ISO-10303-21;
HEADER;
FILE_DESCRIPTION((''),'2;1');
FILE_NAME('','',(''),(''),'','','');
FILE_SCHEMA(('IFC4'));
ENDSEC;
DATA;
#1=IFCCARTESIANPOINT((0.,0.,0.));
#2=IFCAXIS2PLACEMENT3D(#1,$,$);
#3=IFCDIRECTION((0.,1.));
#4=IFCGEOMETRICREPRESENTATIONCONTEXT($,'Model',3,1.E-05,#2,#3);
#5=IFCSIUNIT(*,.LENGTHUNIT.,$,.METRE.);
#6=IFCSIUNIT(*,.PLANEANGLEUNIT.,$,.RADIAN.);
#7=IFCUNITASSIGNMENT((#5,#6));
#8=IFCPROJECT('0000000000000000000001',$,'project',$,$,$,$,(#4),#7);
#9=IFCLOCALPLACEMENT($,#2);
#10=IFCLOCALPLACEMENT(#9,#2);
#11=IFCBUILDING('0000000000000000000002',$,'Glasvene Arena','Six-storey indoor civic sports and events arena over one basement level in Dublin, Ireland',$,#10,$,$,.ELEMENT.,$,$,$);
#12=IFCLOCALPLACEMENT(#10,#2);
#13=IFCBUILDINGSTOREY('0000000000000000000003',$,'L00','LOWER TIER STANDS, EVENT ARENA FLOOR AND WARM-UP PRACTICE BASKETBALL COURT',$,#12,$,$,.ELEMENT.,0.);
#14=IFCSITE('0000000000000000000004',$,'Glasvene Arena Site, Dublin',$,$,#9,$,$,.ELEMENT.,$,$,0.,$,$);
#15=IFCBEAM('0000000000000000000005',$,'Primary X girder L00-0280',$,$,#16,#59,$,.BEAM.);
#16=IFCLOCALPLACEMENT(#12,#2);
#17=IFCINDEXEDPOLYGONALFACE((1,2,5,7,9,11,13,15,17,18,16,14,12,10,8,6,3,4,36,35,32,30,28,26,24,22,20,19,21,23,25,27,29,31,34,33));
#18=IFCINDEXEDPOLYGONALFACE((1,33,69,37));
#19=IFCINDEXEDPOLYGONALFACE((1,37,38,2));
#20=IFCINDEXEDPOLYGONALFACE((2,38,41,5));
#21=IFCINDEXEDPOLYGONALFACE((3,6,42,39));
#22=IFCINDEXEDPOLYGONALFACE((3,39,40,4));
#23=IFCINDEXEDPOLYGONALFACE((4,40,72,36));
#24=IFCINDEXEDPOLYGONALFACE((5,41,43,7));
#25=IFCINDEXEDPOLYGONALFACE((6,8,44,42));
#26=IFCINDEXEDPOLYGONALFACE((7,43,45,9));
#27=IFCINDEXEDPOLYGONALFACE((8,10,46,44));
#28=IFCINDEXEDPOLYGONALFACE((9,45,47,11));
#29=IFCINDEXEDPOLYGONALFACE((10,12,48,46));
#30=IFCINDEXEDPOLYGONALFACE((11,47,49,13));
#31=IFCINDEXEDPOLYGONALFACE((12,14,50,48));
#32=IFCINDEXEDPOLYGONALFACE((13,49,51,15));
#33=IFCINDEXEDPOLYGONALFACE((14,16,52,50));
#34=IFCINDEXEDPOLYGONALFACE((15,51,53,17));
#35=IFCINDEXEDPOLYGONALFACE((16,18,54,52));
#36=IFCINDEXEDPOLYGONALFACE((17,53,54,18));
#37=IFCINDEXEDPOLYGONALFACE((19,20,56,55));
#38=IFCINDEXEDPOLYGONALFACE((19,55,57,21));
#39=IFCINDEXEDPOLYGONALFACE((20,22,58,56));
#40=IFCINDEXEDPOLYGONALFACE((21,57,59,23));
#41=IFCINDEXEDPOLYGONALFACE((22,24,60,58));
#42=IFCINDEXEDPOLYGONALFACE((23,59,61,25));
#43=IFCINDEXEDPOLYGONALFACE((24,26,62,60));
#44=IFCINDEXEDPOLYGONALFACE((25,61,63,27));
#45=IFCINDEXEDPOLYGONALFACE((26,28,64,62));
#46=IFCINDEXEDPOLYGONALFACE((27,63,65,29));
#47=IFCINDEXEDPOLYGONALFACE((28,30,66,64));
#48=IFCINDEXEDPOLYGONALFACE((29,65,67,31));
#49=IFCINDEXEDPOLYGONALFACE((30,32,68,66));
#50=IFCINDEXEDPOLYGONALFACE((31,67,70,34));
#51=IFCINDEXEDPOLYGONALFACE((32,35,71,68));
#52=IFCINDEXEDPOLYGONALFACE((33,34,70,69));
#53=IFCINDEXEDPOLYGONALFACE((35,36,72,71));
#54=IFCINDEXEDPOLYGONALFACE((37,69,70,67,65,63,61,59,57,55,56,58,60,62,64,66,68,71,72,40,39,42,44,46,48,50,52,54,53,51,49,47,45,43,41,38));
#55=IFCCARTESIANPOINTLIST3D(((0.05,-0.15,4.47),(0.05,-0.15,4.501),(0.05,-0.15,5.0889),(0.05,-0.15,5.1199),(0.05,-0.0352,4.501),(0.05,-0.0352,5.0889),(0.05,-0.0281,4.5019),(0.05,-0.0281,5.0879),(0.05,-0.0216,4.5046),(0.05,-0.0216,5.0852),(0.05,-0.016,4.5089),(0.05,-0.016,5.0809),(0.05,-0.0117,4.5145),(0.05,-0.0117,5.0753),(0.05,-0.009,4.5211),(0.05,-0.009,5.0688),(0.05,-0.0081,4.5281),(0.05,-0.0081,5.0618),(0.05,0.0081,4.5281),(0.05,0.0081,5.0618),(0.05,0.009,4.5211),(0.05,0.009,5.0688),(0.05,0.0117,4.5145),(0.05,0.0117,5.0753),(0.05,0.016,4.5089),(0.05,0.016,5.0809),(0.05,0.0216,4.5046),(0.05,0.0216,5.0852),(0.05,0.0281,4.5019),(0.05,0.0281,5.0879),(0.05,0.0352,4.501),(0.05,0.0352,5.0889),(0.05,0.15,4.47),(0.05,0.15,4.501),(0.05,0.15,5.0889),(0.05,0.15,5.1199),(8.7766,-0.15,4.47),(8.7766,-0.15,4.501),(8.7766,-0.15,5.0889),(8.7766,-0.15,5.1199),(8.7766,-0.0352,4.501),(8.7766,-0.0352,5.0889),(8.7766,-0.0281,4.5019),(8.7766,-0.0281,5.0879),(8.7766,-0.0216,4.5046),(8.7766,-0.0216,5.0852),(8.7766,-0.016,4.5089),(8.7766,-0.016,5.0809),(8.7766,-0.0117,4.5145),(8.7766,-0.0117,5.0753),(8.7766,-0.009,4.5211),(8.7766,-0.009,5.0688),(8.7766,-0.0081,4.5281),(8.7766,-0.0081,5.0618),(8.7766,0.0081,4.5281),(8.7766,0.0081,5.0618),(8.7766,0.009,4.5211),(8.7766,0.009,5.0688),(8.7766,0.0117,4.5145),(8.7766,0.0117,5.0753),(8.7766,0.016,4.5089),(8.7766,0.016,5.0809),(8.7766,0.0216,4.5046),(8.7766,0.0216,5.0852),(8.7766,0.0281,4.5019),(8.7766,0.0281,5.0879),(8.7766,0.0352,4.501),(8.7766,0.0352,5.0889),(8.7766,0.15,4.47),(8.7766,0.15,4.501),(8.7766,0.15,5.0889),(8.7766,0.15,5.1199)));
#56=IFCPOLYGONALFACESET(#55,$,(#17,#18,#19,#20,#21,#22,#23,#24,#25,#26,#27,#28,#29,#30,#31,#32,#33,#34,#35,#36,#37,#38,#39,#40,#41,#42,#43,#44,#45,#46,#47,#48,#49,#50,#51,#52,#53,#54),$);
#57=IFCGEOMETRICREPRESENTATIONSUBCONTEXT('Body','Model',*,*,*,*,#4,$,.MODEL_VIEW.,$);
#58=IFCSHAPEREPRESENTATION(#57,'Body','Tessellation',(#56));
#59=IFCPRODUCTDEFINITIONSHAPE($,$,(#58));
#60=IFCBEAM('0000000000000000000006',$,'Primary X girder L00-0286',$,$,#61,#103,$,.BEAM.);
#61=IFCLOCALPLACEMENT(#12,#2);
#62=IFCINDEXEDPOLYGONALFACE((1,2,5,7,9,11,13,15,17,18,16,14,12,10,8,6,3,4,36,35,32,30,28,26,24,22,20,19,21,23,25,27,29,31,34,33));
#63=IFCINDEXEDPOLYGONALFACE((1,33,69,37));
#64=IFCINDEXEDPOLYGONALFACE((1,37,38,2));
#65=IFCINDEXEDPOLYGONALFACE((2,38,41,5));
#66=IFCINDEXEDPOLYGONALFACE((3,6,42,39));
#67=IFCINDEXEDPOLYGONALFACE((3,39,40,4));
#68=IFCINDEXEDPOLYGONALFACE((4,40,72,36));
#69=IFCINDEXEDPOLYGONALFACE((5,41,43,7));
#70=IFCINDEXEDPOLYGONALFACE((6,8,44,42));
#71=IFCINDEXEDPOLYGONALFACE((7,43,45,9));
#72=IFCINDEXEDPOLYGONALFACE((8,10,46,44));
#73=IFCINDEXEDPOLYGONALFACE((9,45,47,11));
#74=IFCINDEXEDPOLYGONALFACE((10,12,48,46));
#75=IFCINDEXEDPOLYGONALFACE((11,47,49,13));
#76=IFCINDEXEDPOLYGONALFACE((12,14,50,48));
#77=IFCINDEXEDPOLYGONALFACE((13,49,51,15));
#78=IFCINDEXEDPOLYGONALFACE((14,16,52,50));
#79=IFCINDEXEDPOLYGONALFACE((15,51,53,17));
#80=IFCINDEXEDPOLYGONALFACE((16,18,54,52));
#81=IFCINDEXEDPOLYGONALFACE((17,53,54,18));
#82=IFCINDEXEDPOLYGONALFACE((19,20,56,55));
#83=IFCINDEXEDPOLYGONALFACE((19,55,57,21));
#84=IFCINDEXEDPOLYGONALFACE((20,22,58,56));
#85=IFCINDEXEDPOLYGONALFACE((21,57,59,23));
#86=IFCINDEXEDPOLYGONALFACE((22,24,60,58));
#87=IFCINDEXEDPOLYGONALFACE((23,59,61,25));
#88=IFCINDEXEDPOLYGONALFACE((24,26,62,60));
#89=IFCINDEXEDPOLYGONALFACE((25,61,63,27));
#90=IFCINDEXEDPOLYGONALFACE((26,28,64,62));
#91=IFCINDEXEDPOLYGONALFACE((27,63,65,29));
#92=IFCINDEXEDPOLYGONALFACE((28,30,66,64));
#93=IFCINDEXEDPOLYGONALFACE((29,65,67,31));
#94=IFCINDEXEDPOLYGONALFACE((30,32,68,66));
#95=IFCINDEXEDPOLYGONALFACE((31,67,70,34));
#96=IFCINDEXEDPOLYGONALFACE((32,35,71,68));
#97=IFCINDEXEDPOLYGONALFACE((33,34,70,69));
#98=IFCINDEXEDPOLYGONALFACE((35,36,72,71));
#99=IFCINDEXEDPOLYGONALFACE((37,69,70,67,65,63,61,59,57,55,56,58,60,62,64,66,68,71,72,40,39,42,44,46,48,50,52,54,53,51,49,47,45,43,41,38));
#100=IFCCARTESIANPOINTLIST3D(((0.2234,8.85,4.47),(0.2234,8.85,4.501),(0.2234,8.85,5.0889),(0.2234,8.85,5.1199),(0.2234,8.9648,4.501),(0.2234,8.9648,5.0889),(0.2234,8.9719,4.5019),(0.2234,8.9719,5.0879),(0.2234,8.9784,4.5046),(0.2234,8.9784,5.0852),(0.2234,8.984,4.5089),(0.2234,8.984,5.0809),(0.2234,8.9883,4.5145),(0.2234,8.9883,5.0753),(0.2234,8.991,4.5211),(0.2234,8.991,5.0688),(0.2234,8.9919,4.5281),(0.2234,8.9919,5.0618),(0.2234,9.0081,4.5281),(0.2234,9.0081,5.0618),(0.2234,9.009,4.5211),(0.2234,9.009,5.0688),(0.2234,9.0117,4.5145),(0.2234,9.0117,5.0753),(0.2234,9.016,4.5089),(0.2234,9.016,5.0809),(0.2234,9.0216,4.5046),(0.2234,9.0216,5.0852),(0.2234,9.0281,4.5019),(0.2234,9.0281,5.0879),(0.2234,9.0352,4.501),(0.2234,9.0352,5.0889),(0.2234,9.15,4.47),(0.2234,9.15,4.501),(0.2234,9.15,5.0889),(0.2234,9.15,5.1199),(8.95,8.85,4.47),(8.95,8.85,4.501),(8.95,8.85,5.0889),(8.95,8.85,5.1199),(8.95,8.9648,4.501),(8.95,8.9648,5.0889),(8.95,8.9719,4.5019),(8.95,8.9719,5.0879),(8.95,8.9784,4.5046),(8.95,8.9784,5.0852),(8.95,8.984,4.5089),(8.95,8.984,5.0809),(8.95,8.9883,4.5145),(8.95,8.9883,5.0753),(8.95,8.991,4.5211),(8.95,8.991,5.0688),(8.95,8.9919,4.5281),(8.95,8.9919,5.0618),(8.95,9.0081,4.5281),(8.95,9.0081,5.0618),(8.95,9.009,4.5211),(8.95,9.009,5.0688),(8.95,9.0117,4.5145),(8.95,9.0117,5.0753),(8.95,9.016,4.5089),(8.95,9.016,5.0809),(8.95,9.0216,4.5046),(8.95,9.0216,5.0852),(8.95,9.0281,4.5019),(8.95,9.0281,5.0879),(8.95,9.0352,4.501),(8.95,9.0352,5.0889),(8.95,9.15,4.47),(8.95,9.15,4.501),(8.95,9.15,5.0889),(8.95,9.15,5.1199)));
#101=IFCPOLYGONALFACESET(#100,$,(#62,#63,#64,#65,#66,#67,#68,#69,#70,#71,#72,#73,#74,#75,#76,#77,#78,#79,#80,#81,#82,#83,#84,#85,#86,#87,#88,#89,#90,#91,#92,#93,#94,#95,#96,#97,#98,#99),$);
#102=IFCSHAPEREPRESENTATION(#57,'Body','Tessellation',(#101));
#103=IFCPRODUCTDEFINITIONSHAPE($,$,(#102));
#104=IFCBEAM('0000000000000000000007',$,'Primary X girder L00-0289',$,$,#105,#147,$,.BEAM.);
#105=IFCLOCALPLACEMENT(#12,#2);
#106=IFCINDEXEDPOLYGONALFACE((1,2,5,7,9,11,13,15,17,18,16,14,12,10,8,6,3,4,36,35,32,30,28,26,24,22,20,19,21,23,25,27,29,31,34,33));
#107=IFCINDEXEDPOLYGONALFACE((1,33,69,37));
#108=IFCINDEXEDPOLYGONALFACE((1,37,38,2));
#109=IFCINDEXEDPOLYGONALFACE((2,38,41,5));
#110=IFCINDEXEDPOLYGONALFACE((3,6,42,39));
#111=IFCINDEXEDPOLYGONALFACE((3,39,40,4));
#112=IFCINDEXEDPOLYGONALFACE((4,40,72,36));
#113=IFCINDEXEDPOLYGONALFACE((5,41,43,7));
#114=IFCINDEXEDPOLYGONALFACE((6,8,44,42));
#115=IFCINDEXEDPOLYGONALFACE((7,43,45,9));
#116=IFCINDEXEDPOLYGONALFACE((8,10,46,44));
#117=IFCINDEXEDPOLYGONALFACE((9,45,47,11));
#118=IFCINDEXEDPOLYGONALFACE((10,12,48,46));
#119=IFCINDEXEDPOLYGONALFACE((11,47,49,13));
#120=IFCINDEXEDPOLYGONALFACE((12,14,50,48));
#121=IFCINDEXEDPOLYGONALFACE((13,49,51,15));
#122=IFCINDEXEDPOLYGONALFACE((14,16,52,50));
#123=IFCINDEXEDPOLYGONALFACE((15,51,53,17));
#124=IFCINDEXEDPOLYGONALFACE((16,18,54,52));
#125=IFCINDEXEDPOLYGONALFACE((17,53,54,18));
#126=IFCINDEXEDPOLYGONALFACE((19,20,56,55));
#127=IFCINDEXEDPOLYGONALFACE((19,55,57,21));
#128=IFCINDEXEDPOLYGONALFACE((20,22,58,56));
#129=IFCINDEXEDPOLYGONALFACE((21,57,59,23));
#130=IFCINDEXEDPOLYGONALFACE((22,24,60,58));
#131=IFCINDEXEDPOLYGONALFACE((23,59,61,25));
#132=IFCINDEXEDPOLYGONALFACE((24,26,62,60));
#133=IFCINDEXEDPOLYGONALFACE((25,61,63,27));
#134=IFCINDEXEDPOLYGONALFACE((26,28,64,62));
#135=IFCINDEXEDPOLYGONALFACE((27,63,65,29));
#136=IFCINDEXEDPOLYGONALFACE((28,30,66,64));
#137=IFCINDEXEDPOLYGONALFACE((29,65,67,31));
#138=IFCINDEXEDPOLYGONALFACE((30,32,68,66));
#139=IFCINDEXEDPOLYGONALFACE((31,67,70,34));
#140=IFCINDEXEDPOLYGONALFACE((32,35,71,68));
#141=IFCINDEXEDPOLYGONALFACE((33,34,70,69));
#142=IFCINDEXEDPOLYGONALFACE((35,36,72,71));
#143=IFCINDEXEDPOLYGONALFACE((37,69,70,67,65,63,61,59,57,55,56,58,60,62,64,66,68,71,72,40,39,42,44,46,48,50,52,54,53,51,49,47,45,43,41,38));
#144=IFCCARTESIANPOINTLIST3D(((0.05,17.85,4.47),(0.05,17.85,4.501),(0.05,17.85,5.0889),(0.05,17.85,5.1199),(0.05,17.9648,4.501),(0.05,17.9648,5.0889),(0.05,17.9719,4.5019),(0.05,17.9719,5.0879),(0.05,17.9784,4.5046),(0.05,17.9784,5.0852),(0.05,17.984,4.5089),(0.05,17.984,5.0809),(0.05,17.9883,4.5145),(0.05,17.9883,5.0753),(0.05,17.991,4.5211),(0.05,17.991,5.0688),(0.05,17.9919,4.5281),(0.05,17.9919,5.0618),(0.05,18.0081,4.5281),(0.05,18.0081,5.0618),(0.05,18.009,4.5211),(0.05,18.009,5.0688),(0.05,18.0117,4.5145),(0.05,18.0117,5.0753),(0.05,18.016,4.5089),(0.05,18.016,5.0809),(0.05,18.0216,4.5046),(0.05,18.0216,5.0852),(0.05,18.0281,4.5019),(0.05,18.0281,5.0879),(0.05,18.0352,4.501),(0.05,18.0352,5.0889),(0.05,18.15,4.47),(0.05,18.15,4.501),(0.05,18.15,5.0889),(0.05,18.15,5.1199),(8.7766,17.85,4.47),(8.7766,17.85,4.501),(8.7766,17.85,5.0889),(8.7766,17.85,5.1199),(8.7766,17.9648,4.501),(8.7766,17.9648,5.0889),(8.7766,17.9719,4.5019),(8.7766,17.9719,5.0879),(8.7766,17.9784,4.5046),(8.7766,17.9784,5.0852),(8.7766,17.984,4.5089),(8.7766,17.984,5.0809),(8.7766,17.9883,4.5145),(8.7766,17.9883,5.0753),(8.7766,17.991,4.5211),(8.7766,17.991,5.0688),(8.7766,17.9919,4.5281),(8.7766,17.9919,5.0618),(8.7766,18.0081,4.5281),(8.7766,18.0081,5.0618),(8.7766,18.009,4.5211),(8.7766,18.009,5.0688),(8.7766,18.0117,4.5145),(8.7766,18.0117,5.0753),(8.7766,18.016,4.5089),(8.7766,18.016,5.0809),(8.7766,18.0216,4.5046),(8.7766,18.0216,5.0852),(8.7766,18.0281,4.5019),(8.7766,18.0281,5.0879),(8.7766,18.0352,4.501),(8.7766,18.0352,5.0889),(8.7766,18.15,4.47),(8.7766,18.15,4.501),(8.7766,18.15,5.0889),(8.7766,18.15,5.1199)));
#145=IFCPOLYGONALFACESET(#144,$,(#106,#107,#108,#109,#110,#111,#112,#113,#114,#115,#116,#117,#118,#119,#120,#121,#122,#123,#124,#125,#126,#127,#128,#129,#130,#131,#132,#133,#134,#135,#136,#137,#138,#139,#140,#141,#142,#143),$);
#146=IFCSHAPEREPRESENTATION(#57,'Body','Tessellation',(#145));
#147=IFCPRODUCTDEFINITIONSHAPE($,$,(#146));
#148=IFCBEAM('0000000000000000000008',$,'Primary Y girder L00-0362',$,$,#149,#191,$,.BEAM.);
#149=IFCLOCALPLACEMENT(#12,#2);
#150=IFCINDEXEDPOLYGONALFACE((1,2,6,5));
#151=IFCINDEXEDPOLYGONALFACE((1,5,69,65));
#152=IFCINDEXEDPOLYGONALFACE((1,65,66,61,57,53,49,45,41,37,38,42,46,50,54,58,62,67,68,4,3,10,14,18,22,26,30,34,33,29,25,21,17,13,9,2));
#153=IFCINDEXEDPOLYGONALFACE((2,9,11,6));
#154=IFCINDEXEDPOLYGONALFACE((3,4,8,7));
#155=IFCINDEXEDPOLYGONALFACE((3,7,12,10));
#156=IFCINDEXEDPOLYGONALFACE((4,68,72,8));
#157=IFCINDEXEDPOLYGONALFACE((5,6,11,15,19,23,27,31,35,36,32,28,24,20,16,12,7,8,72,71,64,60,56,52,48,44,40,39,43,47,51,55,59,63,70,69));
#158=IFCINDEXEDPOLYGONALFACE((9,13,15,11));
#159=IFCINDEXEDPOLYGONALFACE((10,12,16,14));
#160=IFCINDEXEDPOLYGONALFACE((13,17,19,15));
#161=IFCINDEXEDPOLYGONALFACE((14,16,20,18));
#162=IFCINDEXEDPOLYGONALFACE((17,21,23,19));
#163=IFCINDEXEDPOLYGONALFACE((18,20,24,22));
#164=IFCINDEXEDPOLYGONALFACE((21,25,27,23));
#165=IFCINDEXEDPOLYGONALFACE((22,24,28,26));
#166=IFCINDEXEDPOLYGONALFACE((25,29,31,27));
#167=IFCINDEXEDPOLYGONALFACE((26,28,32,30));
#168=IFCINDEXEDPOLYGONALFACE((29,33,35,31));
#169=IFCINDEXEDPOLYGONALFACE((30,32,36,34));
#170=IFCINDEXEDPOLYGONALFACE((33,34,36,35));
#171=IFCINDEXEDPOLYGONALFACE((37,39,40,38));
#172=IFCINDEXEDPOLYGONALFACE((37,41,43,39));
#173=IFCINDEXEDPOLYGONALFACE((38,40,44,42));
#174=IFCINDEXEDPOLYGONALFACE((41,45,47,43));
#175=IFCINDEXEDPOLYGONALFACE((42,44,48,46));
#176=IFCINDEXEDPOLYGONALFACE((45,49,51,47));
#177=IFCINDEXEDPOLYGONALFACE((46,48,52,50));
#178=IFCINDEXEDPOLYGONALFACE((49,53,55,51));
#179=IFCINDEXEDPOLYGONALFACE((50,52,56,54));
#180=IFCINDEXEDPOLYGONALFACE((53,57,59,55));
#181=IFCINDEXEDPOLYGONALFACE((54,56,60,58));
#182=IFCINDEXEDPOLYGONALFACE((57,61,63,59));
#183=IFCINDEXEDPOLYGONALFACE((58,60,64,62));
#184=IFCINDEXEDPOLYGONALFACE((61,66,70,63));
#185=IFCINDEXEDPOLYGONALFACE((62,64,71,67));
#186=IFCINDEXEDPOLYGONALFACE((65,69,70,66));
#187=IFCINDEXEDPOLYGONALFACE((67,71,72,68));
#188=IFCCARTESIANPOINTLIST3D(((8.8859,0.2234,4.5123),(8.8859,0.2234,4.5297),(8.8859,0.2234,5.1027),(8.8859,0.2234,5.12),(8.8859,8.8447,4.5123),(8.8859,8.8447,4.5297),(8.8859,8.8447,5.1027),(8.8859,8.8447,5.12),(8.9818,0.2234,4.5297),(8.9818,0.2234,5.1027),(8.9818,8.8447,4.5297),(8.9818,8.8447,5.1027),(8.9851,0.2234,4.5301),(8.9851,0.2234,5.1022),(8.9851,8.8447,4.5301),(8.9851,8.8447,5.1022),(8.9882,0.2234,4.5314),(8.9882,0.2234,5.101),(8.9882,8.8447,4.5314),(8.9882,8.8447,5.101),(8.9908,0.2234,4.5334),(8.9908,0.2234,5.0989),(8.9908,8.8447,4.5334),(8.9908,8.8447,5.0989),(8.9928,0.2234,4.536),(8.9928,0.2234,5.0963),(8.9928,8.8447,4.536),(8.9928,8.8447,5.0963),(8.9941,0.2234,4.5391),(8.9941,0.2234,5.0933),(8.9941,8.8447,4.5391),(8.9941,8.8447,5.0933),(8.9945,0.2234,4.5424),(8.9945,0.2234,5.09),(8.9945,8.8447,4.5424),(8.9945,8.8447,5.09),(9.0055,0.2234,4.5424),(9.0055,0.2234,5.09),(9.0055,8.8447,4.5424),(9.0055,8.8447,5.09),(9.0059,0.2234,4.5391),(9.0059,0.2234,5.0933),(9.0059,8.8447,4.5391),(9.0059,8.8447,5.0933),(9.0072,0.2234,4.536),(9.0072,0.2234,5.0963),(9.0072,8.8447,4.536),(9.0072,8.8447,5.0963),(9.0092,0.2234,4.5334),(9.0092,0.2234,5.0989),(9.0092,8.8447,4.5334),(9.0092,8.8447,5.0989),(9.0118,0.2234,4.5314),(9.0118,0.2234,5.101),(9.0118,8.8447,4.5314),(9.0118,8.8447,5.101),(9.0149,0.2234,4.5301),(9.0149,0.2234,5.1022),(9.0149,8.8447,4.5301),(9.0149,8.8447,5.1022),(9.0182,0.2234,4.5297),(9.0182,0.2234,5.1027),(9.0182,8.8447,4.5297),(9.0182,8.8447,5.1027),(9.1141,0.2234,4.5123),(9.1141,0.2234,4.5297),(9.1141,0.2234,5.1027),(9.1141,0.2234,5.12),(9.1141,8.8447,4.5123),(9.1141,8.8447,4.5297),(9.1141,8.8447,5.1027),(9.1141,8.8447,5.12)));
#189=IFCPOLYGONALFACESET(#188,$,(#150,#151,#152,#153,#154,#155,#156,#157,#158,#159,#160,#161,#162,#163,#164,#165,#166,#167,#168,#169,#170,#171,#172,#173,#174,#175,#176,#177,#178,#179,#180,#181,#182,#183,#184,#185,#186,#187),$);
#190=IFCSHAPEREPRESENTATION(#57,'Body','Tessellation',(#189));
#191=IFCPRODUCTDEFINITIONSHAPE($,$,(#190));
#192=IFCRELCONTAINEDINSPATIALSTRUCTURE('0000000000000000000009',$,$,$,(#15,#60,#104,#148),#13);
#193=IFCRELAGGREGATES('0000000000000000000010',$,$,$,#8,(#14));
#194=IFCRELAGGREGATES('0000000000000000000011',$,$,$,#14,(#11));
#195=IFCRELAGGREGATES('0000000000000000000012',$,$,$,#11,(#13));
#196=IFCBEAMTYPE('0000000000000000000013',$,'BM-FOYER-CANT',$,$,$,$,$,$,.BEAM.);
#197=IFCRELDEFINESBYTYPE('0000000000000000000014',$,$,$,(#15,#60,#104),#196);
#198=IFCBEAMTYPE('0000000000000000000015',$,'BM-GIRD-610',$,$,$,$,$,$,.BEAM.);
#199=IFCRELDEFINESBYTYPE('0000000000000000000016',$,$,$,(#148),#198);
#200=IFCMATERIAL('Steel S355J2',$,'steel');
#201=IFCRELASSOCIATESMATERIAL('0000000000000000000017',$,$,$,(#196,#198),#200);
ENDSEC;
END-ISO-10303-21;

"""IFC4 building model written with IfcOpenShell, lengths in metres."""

from ifc_helpers import new_model, si_unit, direction, frame, origin, origin_2d, place, context, subcontext, project, spatial, i_section, extrude, material, material_profile, profile_set, type_object, element, save


model = new_model("IFC4")

# Units and contexts
model_context = context("Model", 3, precision=1e-05, world=origin(), true_north=direction((0.0, 1.0)))
body_context = subcontext(model_context, "Body", "Model", "MODEL_VIEW")
ifc_project = project(units=[si_unit("LENGTHUNIT", "METRE"), si_unit("PLANEANGLEUNIT", "RADIAN")], contexts=[model_context])

# Site, building, storey
site_placement = place(None, origin())
site = spatial("IfcSite", under=ifc_project, at=site_placement, Name="Glasvene Arena Site, Dublin", CompositionType="ELEMENT", RefElevation=0.0)
building_placement = place(site_placement, origin())
building = spatial("IfcBuilding", under=site, at=building_placement, Name="Glasvene Arena", Description="Six-storey indoor civic sports and events arena over one basement level in Dublin, Ireland", CompositionType="ELEMENT")
storey_placement = place(building_placement, origin())
storey = spatial("IfcBuildingStorey", under=building, at=storey_placement, Name="L00", Description="LOWER TIER STANDS, EVENT ARENA FLOOR AND WARM-UP PRACTICE BASKETBALL COURT", CompositionType="ELEMENT", Elevation=0.0)

# Shared definitions
ifc_material_1 = material(Name="Steel S355J2", Category="steel")

# Beams
ifc_material_profile_1 = material_profile(ifc_material_1, i_section(OverallWidth=0.3, OverallDepth=0.6499, WebThickness=0.0161, FlangeThickness=0.031, FilletRadius=0.0271, at=origin_2d()), Name="HEB 650")
ifc_profile_set_1 = profile_set([ifc_material_profile_1], Name="Steel S355J2")
beam_type_1 = type_object("IfcBeamType", Name="BM-FOYER-CANT", PredefinedType="BEAM", material=ifc_profile_set_1)
for number, where, z_axis, x_axis, name in (
    (1, (0.05, 0.0, 4.7949), (1.0, 0.0, 0.0), (0.0, 1.0, 0.0), "Primary X girder L00-0280"),
    (2, (0.2234, 9.0, 4.7949), (1.0, 0.0, 0.0), (0.0, 1.0, 0.0), "Primary X girder L00-0286"),
    (3, (0.05, 18.0, 4.7949), (1.0, 0.0, 0.0), (0.0, 1.0, 0.0), "Primary X girder L00-0289"),
):
    element("IfcBeam", number, at=place(storey_placement, frame(where, z_axis=z_axis, x_axis=x_axis)), inside=storey, type_object=beam_type_1, Name=name, PredefinedType="BEAM", context=body_context, shape_type="SweptSolid", body=[
        extrude(i_section(OverallWidth=0.3, OverallDepth=0.6499, WebThickness=0.0161, FlangeThickness=0.031, FilletRadius=0.0271, at=origin_2d()), origin(), (0.0, 0.0, 1.0), 8.7266),
    ])
ifc_material_profile_2 = material_profile(ifc_material_1, i_section(OverallWidth=0.2283, OverallDepth=0.6077, WebThickness=0.011, FlangeThickness=0.0173, FilletRadius=0.0127, at=origin_2d()), Name="UKB 610x229x113")
ifc_profile_set_2 = profile_set([ifc_material_profile_2], Name="Steel S355J2")
beam_type_2 = type_object("IfcBeamType", Name="BM-GIRD-610", PredefinedType="BEAM", material=ifc_profile_set_2)
for number, where, z_axis, x_axis, name in (
    (4, (9.0, 0.2234, 4.8162), (0.0, 1.0, 0.0), (-1.0, 0.0, 0.0), "Primary Y girder L00-0362"),
):
    element("IfcBeam", number, at=place(storey_placement, frame(where, z_axis=z_axis, x_axis=x_axis)), inside=storey, type_object=beam_type_2, Name=name, PredefinedType="BEAM", context=body_context, shape_type="SweptSolid", body=[
        extrude(i_section(OverallWidth=0.2283, OverallDepth=0.6077, WebThickness=0.011, FlangeThickness=0.0173, FilletRadius=0.0127, at=origin_2d()), origin(), (0.0, 0.0, 1.0), 8.6213),
    ])

save(model, "model.ifc")
